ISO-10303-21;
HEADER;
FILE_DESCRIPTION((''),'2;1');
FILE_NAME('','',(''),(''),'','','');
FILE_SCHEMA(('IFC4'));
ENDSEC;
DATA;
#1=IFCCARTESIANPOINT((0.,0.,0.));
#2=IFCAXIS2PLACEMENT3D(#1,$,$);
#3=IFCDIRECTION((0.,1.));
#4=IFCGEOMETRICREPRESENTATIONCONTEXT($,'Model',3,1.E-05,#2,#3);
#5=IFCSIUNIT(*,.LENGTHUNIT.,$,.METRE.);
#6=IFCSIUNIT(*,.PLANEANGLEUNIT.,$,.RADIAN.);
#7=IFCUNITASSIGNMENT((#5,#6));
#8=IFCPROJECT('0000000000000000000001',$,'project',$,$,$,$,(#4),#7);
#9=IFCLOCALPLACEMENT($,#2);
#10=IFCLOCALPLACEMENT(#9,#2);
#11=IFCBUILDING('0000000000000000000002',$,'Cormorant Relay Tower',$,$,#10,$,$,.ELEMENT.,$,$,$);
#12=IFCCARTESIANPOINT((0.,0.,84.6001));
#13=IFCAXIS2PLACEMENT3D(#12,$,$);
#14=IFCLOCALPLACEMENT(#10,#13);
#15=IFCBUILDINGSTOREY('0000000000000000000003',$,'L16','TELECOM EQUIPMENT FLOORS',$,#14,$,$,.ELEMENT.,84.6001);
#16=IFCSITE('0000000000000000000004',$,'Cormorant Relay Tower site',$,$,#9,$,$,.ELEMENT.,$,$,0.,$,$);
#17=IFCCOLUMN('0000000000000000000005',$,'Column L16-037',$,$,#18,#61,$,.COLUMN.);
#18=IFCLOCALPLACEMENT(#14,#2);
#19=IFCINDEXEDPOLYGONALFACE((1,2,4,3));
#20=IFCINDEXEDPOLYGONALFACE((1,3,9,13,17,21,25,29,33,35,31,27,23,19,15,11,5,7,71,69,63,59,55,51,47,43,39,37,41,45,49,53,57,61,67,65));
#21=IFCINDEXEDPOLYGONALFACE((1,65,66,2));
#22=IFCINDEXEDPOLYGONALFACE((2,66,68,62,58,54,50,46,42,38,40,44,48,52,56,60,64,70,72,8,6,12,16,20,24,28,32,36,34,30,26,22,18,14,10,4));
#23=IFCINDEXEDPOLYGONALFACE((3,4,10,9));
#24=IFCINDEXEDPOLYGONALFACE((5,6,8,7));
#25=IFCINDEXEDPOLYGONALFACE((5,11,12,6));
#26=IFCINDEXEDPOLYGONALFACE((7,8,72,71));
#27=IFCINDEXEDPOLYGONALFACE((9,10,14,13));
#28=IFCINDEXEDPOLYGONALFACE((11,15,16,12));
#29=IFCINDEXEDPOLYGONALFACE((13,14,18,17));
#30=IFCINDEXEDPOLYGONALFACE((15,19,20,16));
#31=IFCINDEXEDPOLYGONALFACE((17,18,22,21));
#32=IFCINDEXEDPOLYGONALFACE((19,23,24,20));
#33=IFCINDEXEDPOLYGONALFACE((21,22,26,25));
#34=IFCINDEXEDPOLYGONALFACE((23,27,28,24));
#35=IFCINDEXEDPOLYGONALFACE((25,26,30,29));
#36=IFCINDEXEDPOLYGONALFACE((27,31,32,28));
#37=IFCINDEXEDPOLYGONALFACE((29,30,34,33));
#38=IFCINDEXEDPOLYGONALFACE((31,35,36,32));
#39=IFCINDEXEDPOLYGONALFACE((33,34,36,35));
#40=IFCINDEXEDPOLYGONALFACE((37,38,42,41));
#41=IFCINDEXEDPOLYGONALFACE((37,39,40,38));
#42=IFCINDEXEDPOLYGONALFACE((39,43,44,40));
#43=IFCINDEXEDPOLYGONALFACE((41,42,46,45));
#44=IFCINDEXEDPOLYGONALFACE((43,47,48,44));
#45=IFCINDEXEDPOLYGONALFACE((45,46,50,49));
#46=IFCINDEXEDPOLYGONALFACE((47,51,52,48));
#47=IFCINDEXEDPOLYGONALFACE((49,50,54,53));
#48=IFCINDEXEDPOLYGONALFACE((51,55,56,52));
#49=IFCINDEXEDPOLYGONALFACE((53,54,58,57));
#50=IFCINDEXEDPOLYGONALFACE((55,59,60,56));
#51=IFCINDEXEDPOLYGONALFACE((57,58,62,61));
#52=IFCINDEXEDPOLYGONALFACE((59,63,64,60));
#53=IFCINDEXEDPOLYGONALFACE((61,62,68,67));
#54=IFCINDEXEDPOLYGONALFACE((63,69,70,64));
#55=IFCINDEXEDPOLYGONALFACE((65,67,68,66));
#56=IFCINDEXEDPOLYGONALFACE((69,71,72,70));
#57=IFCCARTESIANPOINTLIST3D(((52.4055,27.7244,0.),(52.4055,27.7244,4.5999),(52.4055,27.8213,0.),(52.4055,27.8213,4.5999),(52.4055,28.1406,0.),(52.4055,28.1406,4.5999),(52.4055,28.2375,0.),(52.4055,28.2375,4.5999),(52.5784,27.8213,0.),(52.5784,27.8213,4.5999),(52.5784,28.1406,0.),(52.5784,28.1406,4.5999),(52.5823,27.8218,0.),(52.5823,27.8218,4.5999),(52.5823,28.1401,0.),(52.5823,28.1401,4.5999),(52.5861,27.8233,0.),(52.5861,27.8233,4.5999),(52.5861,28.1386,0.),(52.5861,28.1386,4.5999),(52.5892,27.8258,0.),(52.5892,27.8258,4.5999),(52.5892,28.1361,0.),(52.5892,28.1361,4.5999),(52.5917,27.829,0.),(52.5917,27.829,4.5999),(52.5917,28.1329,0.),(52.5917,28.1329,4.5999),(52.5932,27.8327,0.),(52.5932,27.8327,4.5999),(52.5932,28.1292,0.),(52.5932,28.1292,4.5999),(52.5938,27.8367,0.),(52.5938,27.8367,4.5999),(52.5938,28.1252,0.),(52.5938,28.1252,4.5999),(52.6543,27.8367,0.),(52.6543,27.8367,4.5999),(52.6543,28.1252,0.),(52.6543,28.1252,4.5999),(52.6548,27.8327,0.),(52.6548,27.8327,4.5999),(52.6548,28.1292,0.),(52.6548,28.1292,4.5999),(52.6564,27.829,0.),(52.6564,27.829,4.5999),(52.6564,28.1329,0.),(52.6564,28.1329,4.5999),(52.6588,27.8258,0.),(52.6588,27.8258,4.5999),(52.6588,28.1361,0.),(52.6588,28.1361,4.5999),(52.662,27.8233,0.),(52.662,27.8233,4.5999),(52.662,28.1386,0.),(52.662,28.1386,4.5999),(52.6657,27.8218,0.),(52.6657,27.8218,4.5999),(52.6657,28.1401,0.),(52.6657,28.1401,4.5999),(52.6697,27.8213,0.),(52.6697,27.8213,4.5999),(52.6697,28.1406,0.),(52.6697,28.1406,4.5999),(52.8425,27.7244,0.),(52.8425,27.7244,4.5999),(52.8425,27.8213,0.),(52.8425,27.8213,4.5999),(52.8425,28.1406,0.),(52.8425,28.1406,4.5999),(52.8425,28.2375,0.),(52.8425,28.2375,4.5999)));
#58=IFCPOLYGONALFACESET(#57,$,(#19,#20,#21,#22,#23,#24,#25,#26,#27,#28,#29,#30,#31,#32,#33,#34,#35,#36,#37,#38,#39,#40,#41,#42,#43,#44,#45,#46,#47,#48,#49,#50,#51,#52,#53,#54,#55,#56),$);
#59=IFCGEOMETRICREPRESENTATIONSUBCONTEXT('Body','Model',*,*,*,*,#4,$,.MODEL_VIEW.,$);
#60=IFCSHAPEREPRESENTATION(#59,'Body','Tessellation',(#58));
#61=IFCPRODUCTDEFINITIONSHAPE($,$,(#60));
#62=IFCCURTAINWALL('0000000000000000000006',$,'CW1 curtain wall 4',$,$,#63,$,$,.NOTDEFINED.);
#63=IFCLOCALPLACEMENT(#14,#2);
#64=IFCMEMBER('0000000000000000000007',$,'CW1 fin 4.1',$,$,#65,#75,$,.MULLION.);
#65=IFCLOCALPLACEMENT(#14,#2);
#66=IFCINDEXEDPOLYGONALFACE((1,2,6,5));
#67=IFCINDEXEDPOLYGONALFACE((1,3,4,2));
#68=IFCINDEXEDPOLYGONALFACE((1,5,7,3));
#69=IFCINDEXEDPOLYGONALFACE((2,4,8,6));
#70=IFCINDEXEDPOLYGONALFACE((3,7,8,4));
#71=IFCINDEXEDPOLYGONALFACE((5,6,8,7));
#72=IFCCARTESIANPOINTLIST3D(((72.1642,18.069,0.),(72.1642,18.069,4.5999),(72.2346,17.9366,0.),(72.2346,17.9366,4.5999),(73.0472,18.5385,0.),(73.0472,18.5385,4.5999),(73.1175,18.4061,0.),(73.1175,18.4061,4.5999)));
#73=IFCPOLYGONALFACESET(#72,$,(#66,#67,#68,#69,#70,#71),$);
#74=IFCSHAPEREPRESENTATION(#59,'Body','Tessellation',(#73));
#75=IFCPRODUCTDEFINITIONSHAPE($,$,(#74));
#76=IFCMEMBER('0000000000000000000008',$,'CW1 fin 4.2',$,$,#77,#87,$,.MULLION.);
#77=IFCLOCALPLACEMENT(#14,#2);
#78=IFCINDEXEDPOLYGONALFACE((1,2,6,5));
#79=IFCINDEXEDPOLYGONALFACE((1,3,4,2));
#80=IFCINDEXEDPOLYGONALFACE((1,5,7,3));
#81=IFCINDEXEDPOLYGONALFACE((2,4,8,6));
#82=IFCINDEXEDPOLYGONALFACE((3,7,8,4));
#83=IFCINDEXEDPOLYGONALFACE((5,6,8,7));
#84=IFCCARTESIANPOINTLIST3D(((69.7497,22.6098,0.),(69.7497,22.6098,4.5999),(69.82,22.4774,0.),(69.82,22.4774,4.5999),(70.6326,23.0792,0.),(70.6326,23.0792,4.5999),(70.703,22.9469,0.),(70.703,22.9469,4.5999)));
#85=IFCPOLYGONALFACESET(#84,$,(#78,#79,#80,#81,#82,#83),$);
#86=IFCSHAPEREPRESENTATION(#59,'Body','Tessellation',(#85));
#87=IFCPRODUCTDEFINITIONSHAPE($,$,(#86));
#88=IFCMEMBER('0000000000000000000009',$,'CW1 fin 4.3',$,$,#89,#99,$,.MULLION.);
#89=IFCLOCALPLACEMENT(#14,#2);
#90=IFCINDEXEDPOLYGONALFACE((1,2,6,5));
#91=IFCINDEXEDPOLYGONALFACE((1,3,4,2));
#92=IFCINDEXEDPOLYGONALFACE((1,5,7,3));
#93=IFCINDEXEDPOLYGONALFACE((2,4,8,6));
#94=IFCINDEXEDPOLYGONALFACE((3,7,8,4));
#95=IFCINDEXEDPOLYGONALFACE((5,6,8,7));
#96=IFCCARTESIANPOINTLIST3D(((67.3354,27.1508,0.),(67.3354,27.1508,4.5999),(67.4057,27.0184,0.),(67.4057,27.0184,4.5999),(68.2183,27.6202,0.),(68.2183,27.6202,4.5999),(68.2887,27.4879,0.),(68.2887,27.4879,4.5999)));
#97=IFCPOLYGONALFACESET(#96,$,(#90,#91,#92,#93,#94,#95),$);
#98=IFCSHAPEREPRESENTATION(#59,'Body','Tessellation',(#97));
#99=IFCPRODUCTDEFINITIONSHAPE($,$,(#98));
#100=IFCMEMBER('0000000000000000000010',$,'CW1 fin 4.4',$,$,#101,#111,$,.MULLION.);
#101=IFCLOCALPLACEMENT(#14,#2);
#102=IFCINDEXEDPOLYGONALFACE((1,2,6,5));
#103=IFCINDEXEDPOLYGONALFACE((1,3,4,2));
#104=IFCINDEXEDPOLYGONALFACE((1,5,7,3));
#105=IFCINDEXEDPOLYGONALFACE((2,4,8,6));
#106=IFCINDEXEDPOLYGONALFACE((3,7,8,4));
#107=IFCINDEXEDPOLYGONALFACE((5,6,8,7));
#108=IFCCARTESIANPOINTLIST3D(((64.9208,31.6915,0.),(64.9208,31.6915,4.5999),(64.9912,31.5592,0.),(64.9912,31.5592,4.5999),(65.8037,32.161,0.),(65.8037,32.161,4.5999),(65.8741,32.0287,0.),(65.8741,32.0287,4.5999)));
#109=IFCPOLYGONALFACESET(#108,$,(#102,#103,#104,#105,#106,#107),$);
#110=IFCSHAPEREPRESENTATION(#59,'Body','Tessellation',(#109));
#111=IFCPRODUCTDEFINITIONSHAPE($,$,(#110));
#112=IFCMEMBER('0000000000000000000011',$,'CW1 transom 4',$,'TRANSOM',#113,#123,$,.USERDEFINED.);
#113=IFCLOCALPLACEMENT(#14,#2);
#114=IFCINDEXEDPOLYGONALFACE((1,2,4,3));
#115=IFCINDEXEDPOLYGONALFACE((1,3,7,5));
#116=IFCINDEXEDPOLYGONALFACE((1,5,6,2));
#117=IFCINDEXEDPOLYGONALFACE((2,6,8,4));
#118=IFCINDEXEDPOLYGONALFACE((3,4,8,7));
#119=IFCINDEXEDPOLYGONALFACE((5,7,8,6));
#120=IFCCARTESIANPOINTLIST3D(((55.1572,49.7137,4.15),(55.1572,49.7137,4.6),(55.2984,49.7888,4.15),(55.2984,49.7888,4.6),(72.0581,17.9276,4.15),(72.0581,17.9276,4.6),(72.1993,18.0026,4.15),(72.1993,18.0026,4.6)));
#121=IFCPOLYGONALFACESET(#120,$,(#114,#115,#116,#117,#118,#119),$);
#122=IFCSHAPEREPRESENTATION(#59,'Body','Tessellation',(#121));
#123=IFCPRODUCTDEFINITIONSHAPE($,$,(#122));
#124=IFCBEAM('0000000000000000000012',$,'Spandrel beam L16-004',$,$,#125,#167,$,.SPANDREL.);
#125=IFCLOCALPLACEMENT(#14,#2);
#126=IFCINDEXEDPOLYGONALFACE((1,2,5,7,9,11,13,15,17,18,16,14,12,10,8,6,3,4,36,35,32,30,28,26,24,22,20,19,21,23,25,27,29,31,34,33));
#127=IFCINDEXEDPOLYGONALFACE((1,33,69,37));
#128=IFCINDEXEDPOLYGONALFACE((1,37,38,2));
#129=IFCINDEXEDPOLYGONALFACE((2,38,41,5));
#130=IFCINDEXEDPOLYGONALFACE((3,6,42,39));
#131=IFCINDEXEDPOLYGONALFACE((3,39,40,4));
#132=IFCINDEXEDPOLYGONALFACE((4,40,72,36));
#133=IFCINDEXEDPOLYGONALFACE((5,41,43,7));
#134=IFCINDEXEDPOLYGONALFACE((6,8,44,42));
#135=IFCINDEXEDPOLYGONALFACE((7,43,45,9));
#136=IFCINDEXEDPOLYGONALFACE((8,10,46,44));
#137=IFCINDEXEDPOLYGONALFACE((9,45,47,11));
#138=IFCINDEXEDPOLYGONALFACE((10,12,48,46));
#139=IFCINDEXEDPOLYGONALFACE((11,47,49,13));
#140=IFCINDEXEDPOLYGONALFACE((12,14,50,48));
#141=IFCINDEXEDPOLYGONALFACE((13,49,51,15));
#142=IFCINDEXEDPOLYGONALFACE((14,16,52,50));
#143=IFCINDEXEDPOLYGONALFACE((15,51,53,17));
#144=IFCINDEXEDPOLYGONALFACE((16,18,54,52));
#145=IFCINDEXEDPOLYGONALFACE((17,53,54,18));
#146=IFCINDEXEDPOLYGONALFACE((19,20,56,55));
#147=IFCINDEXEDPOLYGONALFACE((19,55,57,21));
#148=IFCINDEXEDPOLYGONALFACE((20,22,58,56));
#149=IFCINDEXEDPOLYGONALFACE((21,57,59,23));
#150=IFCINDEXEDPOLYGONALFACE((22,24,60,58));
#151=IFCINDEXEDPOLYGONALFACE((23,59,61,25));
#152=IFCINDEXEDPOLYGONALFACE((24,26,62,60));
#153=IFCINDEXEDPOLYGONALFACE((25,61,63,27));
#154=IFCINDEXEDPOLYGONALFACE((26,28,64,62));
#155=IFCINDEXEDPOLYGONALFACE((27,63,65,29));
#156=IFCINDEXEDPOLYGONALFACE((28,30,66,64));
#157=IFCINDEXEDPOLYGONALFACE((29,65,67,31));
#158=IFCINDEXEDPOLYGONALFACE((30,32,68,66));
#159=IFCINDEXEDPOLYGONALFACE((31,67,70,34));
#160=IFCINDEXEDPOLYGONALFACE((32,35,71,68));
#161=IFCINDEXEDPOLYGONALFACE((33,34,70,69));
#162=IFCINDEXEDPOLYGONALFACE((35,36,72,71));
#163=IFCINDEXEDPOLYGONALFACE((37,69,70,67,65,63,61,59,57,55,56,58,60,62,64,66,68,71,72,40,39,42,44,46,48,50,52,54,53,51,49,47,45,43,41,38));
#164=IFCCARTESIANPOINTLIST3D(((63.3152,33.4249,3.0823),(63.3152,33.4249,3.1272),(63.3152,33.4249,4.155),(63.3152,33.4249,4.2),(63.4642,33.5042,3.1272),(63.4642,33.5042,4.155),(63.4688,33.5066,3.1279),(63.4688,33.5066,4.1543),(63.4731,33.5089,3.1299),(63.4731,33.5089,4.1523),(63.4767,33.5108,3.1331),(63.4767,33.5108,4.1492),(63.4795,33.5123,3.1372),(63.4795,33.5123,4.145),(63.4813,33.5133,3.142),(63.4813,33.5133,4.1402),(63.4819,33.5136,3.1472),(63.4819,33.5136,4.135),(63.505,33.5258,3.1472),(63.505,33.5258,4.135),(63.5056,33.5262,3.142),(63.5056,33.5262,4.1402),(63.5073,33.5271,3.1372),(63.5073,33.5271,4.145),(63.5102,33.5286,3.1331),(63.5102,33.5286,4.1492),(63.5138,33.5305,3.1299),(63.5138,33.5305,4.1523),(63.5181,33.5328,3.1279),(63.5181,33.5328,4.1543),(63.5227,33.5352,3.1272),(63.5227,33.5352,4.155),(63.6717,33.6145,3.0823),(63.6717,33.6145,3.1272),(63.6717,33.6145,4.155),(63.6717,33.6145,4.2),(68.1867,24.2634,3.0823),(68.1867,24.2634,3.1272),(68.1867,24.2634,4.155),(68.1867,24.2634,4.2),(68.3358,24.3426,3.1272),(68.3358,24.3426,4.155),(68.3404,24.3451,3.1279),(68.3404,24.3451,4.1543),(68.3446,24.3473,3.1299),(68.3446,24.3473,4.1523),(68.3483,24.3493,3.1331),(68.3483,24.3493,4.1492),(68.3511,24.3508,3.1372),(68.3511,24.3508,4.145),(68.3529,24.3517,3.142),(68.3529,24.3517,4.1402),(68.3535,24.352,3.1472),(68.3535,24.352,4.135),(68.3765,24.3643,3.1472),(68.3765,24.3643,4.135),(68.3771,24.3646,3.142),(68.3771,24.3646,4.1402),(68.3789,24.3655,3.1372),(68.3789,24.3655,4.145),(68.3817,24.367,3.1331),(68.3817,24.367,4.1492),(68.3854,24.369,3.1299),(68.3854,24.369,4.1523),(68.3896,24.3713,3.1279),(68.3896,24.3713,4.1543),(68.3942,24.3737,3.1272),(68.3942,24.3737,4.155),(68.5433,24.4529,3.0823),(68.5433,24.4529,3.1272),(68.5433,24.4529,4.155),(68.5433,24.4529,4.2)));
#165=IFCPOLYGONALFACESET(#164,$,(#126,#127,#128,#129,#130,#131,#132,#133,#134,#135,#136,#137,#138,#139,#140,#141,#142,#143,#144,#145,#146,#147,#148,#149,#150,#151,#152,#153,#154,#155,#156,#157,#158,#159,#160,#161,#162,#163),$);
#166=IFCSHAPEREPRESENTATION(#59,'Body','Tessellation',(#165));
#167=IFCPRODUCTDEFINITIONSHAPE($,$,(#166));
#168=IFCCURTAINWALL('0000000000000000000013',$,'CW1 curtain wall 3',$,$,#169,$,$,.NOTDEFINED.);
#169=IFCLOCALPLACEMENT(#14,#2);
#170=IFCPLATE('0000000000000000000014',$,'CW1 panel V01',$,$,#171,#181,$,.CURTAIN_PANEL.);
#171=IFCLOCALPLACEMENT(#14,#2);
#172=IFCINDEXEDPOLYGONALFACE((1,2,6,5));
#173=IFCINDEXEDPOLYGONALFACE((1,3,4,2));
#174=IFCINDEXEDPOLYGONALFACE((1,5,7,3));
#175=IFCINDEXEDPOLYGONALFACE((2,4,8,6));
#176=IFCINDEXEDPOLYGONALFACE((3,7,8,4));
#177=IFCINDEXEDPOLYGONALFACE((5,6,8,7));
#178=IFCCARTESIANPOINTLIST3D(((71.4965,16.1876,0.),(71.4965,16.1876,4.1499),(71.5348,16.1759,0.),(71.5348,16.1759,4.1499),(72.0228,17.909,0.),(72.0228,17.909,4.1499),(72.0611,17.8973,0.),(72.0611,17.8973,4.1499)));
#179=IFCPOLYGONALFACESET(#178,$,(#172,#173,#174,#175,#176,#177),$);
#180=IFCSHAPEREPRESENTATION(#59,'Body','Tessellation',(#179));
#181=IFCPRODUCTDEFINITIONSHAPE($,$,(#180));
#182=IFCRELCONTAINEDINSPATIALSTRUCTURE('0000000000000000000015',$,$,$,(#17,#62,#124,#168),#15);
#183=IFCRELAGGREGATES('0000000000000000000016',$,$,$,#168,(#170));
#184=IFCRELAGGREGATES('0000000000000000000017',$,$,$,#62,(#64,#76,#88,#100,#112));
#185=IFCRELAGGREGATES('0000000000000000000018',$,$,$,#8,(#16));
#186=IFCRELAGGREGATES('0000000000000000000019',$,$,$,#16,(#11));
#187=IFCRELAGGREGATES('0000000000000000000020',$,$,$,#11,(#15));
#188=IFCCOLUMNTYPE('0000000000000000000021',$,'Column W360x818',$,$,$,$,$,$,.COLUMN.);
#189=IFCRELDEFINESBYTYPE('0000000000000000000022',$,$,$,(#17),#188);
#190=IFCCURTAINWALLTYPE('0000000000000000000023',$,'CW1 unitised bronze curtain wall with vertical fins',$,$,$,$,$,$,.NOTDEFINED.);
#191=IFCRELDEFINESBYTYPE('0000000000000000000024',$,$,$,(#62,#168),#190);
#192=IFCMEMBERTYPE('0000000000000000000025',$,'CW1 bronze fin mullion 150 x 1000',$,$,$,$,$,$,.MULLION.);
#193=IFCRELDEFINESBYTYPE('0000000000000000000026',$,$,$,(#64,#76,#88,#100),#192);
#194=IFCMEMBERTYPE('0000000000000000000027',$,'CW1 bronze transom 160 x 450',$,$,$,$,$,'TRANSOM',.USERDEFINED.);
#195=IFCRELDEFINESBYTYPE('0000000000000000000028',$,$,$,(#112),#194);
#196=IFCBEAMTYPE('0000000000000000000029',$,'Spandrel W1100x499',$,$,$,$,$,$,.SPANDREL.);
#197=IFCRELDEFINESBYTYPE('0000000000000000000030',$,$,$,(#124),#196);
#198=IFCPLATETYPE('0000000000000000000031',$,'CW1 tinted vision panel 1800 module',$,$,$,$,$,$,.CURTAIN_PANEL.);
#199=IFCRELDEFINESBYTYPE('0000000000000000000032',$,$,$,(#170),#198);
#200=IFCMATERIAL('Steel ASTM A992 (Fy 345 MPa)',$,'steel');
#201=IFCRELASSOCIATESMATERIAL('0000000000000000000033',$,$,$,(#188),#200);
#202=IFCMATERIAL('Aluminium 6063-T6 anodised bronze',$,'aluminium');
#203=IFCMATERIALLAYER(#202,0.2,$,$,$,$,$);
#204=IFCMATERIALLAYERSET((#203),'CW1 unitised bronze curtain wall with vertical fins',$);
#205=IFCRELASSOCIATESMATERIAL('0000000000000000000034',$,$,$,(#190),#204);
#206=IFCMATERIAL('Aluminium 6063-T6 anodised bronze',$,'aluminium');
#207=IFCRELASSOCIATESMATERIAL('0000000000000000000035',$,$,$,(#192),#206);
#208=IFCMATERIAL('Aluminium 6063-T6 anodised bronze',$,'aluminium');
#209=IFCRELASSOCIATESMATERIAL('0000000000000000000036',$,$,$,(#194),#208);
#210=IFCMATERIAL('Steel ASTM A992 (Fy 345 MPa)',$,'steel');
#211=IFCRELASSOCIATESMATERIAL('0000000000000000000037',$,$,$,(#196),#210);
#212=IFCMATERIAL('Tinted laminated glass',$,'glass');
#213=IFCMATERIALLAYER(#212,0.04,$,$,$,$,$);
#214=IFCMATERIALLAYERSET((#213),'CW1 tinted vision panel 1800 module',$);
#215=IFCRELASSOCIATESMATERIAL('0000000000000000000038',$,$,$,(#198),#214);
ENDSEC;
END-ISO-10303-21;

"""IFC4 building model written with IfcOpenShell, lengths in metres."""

from ifc_helpers import new_model, si_unit, direction, frame, origin, origin_2d, place, context, subcontext, project, spatial, rectangle, i_section, extrude, material, layer, layer_set, material_profile, profile_set, type_object, element, aggregate, save


model = new_model("IFC4")

# Units and contexts
model_context = context("Model", 3, precision=1e-05, world=origin(), true_north=direction((0.0, 1.0)))
body_context = subcontext(model_context, "Body", "Model", "MODEL_VIEW")
ifc_project = project(units=[si_unit("LENGTHUNIT", "METRE"), si_unit("PLANEANGLEUNIT", "RADIAN")], contexts=[model_context])

# Site, building, storey
site_placement = place(None, origin())
site = spatial("IfcSite", under=ifc_project, at=site_placement, Name="Cormorant Relay Tower site", CompositionType="ELEMENT", RefElevation=0.0)
building_placement = place(site_placement, origin())
building = spatial("IfcBuilding", under=site, at=building_placement, Name="Cormorant Relay Tower", CompositionType="ELEMENT")
storey_placement = place(building_placement, frame((0.0, 0.0, 84.6001)))
storey = spatial("IfcBuildingStorey", under=building, at=storey_placement, Name="L16", Description="TELECOM EQUIPMENT FLOORS", CompositionType="ELEMENT", Elevation=84.6001)

# Column
ifc_material_1 = material(Name="Steel ASTM A992 (Fy 345 MPa)", Category="steel")
ifc_material_profile_1 = material_profile(ifc_material_1, i_section(OverallWidth=0.437, OverallDepth=0.5132, WebThickness=0.0605, FlangeThickness=0.0969, FilletRadius=0.0154, at=origin_2d()), Name="W360x818")
ifc_profile_set_1 = profile_set([ifc_material_profile_1], Name="Steel ASTM A992 (Fy 345 MPa)")
column_type_1 = type_object("IfcColumnType", Name="Column W360x818", PredefinedType="COLUMN", material=ifc_profile_set_1)
for number, where, z_axis, x_axis, name in (
    (1, (52.624, 27.981, 0.0), (0.0, 0.0, 1.0), (1.0, 0.0, 0.0), "Column L16-037"),
):
    element("IfcColumn", number, at=place(storey_placement, frame(where, z_axis=z_axis, x_axis=x_axis)), inside=storey, type_object=column_type_1, Name=name, PredefinedType="COLUMN", context=body_context, shape_type="SweptSolid", body=[
        extrude(i_section(OverallWidth=0.437, OverallDepth=0.5132, WebThickness=0.0605, FlangeThickness=0.0969, FilletRadius=0.0154, at=origin_2d()), origin(), (0.0, 0.0, 1.0), 4.5999),
    ])

# Curtain wall, members
ifc_material_2 = material(Name="Aluminium 6063-T6 anodised bronze", Category="aluminium")
ifc_layer_1 = layer(ifc_material_2, 0.2)
ifc_layer_set_1 = layer_set([ifc_layer_1], Name="CW1 unitised bronze curtain wall with vertical fins")
curtain_wall_type = type_object("IfcCurtainWallType", Name="CW1 unitised bronze curtain wall with vertical fins", PredefinedType="NOTDEFINED", material=ifc_layer_set_1)
curtain_wall_1_placement = place(storey_placement, origin())
curtain_wall_1 = element("IfcCurtainWall", 2, at=curtain_wall_1_placement, inside=storey, type_object=curtain_wall_type, Name="CW1 curtain wall 4", PredefinedType="NOTDEFINED")
ifc_material_3 = material(Name="Aluminium 6063-T6 anodised bronze", Category="aluminium")
ifc_material_profile_2 = material_profile(ifc_material_3, rectangle(XDim=0.1499, YDim=1.0, at=origin_2d()), Name="AL 150x1000")
ifc_profile_set_2 = profile_set([ifc_material_profile_2], Name="Aluminium 6063-T6 anodised bronze")
member_type_1 = type_object("IfcMemberType", Name="CW1 bronze fin mullion 150 x 1000", PredefinedType="MULLION", material=ifc_profile_set_2)
member_1_placement = place(storey_placement, frame((72.6409, 18.2375, 0.0), z_axis=(0.0, 0.0, 1.0), x_axis=(-0.469472, 0.882948, 0.0)))
member_1 = element("IfcMember", 3, at=member_1_placement, type_object=member_type_1, Name="CW1 fin 4.1", PredefinedType="MULLION", context=body_context, shape_type="SweptSolid", body=[
    extrude(rectangle(XDim=0.1499, YDim=1.0, at=origin_2d()), origin(), (0.0, 0.0, 1.0), 4.5999),
])
member_2_placement = place(storey_placement, frame((70.2263, 22.7783, 0.0), z_axis=(0.0, 0.0, 1.0), x_axis=(-0.469472, 0.882948, 0.0)))
member_2 = element("IfcMember", 4, at=member_2_placement, type_object=member_type_1, Name="CW1 fin 4.2", PredefinedType="MULLION", context=body_context, shape_type="SweptSolid", body=[
    extrude(rectangle(XDim=0.1499, YDim=1.0, at=origin_2d()), origin(), (0.0, 0.0, 1.0), 4.5999),
])
member_3_placement = place(storey_placement, frame((67.812, 27.3193, 0.0), z_axis=(0.0, 0.0, 1.0), x_axis=(-0.469472, 0.882948, 0.0)))
member_3 = element("IfcMember", 5, at=member_3_placement, type_object=member_type_1, Name="CW1 fin 4.3", PredefinedType="MULLION", context=body_context, shape_type="SweptSolid", body=[
    extrude(rectangle(XDim=0.1499, YDim=1.0, at=origin_2d()), origin(), (0.0, 0.0, 1.0), 4.5999),
])
member_4_placement = place(storey_placement, frame((65.3975, 31.8601, 0.0), z_axis=(0.0, 0.0, 1.0), x_axis=(-0.469472, 0.882948, 0.0)))
member_4 = element("IfcMember", 6, at=member_4_placement, type_object=member_type_1, Name="CW1 fin 4.4", PredefinedType="MULLION", context=body_context, shape_type="SweptSolid", body=[
    extrude(rectangle(XDim=0.1499, YDim=1.0, at=origin_2d()), origin(), (0.0, 0.0, 1.0), 4.5999),
])
ifc_material_4 = material(Name="Aluminium 6063-T6 anodised bronze", Category="aluminium")
ifc_material_profile_3 = material_profile(ifc_material_4, rectangle(XDim=0.1599, YDim=0.45, at=origin_2d()), Name="AL 160x450")
ifc_profile_set_3 = profile_set([ifc_material_profile_3], Name="Aluminium 6063-T6 anodised bronze")
member_type_2 = type_object("IfcMemberType", Name="CW1 bronze transom 160 x 450", ElementType="TRANSOM", PredefinedType="USERDEFINED", material=ifc_profile_set_3)
member_5_placement = place(storey_placement, frame((72.1287, 17.9651, 4.375), z_axis=(-0.469469, 0.882949, 0.0), x_axis=(-0.882949, -0.469469, 0.0)))
member_5 = element("IfcMember", 7, at=member_5_placement, type_object=member_type_2, Name="CW1 transom 4", ObjectType="TRANSOM", PredefinedType="USERDEFINED", context=body_context, shape_type="SweptSolid", body=[
    extrude(rectangle(XDim=0.1599, YDim=0.45, at=origin_2d()), origin(), (0.0, 0.0, 1.0), 36.0),
])

# Beam
ifc_material_5 = material(Name="Steel ASTM A992 (Fy 345 MPa)", Category="steel")
ifc_material_profile_4 = material_profile(ifc_material_5, i_section(OverallWidth=0.4038, OverallDepth=1.1177, WebThickness=0.0261, FlangeThickness=0.0449, FilletRadius=0.02, at=origin_2d()), Name="W1100x499")
ifc_profile_set_4 = profile_set([ifc_material_profile_4], Name="Steel ASTM A992 (Fy 345 MPa)")
beam_type = type_object("IfcBeamType", Name="Spandrel W1100x499", PredefinedType="SPANDREL", material=ifc_profile_set_4)
beam_placement = place(storey_placement, frame((68.365, 24.3582, 3.6411), z_axis=(-0.469491, 0.882937, 0.0), x_axis=(-0.882937, -0.469491, 0.0)))
element("IfcBeam", 8, at=beam_placement, inside=storey, type_object=beam_type, Name="Spandrel beam L16-004", PredefinedType="SPANDREL", context=body_context, shape_type="SweptSolid", body=[
    extrude(i_section(OverallWidth=0.4038, OverallDepth=1.1177, WebThickness=0.0261, FlangeThickness=0.0449, FilletRadius=0.02, at=origin_2d()), origin(), (0.0, 0.0, 1.0), 10.3762),
])

# Curtain wall, plate
curtain_wall_2_placement = place(storey_placement, origin())
curtain_wall_2 = element("IfcCurtainWall", 9, at=curtain_wall_2_placement, inside=storey, type_object=curtain_wall_type, Name="CW1 curtain wall 3", PredefinedType="NOTDEFINED")
ifc_material_6 = material(Name="Tinted laminated glass", Category="glass")
ifc_layer_2 = layer(ifc_material_6, 0.04)
ifc_layer_set_2 = layer_set([ifc_layer_2], Name="CW1 tinted vision panel 1800 module")
plate_type_1 = type_object("IfcPlateType", Name="CW1 tinted vision panel 1800 module", PredefinedType="CURTAIN_PANEL", material=ifc_layer_set_2)
plate_1_placement = place(storey_placement, frame((71.7788, 17.0425, 0.0), z_axis=(0.0, 0.0, 1.0), x_axis=(0.292372, 0.956305, 0.0)))
plate_1 = element("IfcPlate", 10, at=plate_1_placement, type_object=plate_type_1, Name="CW1 panel V01", PredefinedType="CURTAIN_PANEL", context=body_context, shape_type="SweptSolid", body=[
    extrude(rectangle(XDim=1.8, YDim=0.04, at=origin_2d()), origin(), (0.0, 0.0, 1.0), 4.1499),
])
aggregate(curtain_wall_2, [plate_1])

aggregate(curtain_wall_1, [member_1, member_2, member_3, member_4, member_5])

save(model, "model.ifc")
